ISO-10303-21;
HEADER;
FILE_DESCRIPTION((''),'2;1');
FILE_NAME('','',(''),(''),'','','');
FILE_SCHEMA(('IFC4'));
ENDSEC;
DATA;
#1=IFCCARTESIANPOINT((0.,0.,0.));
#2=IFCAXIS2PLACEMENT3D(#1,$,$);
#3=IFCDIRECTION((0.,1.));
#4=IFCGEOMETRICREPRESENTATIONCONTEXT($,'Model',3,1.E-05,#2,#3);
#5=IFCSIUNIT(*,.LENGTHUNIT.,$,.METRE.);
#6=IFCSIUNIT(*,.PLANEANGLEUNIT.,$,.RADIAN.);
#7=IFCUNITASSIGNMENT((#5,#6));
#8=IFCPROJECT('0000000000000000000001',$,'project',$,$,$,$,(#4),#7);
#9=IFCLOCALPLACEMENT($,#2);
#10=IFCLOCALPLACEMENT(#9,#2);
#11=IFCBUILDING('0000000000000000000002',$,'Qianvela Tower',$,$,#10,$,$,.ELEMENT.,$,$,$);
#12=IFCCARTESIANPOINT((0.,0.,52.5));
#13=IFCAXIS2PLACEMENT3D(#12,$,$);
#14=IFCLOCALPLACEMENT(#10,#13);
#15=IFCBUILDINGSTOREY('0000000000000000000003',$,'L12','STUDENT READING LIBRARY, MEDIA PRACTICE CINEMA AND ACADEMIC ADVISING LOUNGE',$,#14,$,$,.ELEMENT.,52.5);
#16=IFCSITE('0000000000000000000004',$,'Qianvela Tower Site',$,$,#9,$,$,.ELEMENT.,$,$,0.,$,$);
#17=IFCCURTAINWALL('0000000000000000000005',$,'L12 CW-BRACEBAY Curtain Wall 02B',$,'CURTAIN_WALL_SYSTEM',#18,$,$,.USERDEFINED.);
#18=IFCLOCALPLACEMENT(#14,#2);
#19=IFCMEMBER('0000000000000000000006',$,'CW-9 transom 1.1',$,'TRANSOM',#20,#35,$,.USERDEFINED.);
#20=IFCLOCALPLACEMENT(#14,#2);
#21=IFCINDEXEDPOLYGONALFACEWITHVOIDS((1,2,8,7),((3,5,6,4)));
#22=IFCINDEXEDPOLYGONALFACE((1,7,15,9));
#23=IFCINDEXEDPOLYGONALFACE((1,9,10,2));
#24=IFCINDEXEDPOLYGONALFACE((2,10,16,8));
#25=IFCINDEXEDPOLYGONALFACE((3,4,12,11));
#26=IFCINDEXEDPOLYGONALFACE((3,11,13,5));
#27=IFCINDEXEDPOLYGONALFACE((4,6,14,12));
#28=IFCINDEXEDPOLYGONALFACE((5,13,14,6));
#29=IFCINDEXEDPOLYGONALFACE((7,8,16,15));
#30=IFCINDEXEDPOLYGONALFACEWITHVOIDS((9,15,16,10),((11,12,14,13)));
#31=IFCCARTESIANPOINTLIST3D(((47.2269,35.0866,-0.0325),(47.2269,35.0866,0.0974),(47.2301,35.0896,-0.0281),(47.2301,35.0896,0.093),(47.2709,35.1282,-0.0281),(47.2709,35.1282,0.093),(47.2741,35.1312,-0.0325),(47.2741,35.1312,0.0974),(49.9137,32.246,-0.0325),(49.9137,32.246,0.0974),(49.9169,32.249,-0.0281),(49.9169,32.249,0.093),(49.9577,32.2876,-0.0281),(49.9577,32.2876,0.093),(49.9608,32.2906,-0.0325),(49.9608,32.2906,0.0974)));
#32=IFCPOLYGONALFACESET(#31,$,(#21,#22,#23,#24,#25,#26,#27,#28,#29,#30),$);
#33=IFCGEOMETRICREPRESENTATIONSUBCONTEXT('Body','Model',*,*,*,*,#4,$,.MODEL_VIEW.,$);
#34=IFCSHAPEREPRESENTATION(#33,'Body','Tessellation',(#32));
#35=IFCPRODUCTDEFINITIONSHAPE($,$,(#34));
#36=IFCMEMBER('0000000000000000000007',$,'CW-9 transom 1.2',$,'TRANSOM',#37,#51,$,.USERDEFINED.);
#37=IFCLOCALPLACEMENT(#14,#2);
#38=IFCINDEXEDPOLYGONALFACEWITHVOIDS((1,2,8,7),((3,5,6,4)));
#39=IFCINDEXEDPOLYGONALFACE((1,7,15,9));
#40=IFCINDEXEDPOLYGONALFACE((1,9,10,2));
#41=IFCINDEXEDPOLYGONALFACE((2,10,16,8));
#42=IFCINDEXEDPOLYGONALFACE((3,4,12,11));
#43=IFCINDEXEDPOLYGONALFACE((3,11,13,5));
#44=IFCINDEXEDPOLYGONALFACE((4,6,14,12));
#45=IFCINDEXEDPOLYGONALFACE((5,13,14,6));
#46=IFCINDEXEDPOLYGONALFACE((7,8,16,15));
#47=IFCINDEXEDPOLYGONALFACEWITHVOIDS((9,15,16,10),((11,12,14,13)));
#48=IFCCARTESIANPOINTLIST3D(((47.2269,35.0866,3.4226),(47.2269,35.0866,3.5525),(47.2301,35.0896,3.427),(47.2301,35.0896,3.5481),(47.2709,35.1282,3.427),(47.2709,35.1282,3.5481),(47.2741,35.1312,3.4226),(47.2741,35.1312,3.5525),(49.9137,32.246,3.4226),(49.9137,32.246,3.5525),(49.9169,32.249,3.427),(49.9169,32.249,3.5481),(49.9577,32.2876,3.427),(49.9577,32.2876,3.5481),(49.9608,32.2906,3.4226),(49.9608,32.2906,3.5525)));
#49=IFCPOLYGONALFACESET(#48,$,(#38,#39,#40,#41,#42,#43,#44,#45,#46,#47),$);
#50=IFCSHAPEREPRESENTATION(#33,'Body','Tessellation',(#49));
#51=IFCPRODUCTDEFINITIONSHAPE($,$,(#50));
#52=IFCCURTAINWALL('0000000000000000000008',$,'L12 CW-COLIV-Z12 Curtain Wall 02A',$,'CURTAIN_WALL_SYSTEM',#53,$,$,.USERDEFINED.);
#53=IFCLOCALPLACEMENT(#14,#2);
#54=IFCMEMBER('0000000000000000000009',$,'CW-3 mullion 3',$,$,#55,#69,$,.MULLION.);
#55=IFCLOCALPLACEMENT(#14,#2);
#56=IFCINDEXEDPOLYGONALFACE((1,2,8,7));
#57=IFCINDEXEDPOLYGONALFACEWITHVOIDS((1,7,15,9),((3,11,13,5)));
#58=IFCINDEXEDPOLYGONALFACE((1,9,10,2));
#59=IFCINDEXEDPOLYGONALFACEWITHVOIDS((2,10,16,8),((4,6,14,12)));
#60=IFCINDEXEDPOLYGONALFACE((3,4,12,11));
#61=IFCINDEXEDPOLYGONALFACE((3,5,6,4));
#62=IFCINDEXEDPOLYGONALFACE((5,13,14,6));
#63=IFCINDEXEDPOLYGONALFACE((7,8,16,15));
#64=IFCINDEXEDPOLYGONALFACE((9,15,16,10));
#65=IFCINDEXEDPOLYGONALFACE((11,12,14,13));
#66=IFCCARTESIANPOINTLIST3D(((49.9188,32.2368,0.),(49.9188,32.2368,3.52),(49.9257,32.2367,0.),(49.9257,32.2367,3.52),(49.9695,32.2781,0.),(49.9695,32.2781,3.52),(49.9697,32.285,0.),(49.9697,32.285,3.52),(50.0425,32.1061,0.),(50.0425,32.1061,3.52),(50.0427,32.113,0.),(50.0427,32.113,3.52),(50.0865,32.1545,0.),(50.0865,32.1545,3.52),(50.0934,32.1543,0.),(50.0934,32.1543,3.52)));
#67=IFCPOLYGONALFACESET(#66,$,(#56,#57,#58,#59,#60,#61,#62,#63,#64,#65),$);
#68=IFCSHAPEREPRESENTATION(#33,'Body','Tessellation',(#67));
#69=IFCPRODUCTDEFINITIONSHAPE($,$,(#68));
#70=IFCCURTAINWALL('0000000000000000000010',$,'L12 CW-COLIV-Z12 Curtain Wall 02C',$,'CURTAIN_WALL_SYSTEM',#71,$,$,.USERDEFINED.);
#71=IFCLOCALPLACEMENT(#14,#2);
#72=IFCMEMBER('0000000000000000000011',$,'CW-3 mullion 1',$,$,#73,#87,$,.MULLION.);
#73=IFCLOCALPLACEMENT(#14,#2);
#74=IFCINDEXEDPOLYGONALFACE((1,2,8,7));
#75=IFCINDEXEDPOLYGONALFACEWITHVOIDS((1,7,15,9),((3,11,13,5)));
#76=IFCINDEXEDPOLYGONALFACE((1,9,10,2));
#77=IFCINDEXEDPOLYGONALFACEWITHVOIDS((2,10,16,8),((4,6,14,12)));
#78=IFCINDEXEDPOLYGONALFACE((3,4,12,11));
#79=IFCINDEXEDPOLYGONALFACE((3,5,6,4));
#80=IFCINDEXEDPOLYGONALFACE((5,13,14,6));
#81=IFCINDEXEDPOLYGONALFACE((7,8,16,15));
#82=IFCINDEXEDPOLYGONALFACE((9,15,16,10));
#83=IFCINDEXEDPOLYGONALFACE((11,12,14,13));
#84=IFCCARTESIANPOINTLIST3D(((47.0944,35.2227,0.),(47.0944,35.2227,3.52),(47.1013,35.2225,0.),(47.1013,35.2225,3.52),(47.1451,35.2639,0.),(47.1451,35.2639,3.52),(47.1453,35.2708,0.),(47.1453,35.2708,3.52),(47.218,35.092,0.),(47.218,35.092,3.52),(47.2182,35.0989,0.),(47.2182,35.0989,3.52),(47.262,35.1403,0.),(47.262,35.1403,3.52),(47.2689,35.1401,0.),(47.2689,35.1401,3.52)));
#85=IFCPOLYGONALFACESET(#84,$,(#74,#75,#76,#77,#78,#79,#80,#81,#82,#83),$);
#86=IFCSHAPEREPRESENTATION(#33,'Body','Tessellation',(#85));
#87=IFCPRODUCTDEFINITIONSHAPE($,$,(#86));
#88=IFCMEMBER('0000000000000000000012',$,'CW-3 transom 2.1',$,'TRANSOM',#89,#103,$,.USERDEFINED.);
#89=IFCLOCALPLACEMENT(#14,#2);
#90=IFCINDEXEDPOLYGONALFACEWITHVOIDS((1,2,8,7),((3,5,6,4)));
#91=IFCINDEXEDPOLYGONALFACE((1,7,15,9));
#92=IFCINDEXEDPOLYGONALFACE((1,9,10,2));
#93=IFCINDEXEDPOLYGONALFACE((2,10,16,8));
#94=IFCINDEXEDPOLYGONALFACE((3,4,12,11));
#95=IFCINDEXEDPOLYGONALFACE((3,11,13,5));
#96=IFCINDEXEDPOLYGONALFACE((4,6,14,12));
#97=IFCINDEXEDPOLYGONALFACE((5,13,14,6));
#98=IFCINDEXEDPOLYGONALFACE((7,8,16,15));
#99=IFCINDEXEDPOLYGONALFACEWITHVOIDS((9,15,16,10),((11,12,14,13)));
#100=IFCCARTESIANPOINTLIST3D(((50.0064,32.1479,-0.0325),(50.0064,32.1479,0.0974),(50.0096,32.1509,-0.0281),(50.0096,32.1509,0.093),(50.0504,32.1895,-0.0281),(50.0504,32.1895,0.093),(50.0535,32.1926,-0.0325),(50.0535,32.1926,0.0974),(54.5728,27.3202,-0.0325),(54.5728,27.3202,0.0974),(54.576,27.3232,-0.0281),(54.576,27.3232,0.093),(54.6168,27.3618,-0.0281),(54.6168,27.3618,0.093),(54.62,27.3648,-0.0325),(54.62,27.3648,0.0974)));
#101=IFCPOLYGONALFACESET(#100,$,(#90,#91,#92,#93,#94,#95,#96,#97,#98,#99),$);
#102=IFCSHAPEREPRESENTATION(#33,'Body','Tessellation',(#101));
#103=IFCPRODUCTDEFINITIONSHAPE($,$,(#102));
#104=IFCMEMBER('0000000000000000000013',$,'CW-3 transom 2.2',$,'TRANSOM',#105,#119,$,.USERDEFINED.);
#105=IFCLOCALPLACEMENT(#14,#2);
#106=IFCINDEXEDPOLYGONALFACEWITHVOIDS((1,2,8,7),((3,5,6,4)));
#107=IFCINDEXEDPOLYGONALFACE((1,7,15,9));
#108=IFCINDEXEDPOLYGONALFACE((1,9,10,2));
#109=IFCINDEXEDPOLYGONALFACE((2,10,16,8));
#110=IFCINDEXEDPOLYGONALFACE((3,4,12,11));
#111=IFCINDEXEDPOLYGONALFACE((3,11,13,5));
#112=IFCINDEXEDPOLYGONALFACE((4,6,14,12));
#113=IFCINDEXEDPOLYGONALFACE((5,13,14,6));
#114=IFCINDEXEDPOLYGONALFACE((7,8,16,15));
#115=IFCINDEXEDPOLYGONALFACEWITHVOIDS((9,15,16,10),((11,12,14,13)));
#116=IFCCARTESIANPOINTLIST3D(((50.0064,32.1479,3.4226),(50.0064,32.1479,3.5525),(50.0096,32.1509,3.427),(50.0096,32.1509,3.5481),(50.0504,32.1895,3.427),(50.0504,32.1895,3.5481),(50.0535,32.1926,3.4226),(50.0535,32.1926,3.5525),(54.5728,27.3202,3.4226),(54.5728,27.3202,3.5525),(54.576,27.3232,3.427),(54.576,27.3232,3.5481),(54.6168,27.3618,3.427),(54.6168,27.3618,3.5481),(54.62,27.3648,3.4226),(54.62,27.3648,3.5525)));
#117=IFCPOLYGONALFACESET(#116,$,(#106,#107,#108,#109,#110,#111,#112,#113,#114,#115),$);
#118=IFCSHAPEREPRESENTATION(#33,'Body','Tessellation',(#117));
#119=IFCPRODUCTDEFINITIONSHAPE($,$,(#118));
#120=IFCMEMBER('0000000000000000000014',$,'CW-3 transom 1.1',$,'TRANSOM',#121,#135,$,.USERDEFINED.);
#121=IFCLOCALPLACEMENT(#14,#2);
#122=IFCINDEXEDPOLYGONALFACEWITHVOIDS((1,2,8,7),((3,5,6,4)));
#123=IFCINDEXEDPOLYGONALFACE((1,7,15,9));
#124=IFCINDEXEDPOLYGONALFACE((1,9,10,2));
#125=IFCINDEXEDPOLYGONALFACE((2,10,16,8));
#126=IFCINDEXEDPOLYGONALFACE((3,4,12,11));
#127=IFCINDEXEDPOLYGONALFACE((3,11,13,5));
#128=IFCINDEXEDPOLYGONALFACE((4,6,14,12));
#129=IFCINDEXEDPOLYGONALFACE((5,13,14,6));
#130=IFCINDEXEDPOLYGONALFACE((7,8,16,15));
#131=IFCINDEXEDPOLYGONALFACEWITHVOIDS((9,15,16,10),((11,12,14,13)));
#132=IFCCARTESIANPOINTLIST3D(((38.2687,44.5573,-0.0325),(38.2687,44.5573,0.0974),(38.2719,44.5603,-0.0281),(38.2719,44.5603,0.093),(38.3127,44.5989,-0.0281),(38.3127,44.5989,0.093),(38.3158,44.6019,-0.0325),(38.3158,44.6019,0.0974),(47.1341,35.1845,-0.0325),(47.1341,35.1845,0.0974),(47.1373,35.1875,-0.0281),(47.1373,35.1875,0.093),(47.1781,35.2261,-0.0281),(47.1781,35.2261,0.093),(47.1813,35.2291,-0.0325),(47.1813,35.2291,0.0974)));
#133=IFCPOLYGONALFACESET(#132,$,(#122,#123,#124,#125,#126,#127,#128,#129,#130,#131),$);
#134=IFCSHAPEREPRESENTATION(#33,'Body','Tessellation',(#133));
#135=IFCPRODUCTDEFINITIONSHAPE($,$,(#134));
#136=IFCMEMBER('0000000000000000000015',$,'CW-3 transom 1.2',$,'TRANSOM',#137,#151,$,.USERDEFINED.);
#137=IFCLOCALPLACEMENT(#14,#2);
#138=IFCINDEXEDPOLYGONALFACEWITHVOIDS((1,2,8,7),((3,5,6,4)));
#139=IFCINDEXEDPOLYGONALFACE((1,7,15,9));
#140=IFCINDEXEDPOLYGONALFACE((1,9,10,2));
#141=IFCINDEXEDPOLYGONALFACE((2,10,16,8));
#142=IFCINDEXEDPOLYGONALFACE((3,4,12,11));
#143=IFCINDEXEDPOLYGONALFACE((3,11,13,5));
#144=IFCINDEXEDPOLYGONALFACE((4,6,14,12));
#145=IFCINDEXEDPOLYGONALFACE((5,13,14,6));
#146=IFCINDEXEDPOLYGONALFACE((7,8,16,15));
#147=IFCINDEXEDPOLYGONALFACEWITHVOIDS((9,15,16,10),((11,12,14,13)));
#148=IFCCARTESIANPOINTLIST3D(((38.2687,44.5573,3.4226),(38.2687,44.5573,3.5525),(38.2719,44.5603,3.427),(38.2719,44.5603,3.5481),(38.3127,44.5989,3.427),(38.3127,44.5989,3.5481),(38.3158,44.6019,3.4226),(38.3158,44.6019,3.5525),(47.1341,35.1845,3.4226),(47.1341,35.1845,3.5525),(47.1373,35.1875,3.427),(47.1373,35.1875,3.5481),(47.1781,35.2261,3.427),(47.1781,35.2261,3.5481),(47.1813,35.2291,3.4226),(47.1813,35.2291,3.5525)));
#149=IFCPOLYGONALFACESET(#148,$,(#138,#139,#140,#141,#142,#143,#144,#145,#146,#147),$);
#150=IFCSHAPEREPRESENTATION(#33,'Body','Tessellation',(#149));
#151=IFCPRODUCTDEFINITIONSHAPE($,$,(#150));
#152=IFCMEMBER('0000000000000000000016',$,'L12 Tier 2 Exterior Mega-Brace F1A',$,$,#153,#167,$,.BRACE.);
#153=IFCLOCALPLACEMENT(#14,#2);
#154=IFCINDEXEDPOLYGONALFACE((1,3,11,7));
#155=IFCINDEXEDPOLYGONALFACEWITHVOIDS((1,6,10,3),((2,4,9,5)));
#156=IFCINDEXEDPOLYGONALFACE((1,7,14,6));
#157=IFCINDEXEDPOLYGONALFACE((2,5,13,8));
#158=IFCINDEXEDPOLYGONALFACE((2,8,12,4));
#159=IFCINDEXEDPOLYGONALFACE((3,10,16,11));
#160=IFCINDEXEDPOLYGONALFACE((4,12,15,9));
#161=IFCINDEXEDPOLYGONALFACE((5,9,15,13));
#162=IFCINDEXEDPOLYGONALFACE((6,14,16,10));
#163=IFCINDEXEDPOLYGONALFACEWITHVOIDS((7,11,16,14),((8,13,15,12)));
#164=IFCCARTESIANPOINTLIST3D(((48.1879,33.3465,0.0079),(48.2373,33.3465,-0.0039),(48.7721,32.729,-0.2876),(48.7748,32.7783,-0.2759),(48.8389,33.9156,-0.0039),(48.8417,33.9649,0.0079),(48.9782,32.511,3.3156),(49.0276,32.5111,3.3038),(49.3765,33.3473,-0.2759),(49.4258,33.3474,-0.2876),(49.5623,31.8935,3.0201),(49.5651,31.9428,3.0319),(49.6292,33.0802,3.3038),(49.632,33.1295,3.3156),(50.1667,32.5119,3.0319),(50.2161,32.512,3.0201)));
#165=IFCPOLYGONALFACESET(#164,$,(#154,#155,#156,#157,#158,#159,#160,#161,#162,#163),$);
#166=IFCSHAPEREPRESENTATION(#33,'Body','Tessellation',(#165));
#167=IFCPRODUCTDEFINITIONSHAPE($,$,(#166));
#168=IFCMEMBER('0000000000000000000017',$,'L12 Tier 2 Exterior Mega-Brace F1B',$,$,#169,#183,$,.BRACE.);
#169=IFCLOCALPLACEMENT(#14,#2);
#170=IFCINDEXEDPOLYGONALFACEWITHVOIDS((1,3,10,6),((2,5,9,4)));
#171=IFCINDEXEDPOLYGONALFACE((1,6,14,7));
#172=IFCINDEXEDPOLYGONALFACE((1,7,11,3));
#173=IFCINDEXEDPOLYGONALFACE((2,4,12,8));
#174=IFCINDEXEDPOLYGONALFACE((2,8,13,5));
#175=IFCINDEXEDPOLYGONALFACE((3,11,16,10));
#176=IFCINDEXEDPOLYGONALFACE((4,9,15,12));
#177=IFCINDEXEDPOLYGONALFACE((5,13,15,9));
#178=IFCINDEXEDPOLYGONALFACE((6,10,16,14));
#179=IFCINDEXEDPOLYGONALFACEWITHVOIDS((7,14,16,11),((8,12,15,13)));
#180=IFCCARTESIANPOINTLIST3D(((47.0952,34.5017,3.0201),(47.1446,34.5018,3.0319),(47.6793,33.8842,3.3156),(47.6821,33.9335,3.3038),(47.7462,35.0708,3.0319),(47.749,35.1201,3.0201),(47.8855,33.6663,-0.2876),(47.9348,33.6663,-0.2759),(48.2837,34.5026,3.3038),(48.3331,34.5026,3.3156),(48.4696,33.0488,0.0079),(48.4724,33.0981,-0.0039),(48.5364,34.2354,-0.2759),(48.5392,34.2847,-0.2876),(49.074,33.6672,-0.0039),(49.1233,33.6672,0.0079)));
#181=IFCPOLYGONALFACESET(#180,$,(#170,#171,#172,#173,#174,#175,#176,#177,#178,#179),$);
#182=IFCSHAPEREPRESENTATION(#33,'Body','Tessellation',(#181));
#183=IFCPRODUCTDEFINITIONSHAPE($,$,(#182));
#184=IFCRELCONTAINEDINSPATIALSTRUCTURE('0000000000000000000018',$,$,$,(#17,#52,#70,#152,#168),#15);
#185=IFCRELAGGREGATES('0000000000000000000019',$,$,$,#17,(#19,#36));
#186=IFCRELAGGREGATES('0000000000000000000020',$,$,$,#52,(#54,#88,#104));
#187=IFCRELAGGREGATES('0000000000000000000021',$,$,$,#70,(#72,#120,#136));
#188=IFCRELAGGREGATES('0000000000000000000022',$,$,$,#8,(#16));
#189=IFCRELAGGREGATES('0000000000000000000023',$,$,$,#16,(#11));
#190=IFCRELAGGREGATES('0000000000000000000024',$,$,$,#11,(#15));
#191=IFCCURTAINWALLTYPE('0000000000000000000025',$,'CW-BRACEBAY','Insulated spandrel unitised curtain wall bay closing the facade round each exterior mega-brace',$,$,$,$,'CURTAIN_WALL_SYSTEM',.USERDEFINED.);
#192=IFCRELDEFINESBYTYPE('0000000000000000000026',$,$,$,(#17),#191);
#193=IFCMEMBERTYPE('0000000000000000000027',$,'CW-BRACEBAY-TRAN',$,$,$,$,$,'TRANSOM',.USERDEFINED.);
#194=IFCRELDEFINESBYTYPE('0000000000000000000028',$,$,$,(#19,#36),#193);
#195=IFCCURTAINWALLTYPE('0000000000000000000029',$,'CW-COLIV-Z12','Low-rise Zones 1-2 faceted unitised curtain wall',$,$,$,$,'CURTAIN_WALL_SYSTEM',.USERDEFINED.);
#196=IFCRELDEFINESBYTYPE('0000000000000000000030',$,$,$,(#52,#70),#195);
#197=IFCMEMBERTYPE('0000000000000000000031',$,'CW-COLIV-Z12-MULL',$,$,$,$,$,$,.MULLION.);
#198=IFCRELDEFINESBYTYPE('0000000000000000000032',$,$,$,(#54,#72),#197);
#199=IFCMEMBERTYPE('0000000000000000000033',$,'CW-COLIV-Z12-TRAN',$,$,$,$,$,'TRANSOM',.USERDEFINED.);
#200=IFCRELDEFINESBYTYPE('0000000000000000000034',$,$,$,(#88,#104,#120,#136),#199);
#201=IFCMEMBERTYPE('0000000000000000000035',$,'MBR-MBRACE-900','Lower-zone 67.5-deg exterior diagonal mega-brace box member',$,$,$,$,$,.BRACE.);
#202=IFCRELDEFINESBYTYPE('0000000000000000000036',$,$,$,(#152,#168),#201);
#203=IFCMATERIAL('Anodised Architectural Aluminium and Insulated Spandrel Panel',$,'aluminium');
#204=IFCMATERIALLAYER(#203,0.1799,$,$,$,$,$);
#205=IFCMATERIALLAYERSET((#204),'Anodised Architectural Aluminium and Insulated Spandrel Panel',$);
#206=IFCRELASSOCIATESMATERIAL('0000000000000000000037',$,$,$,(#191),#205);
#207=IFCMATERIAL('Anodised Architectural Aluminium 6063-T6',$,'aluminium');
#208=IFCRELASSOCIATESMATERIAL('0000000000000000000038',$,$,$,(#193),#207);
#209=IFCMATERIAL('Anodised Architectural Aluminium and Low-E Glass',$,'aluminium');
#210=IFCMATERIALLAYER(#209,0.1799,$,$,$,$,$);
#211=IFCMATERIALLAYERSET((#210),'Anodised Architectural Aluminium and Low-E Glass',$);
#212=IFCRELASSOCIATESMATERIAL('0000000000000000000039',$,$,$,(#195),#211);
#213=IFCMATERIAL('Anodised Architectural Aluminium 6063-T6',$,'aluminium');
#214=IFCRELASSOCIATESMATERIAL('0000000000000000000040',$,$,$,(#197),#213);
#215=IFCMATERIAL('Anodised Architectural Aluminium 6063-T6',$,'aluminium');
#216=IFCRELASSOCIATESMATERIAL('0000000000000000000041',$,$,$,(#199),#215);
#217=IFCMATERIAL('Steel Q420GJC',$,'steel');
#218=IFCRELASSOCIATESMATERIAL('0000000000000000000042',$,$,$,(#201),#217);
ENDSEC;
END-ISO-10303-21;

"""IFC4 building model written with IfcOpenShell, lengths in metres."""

from ifc_helpers import new_model, si_unit, direction, frame, origin, origin_2d, place, context, subcontext, project, spatial, hollow_rectangle, extrude, material, layer, layer_set, material_profile, profile_set, type_object, element, aggregate, save


model = new_model("IFC4")

# Units and contexts
model_context = context("Model", 3, precision=1e-05, world=origin(), true_north=direction((0.0, 1.0)))
body_context = subcontext(model_context, "Body", "Model", "MODEL_VIEW")
ifc_project = project(units=[si_unit("LENGTHUNIT", "METRE"), si_unit("PLANEANGLEUNIT", "RADIAN")], contexts=[model_context])

# Site, building, storey
site_placement = place(None, origin())
site = spatial("IfcSite", under=ifc_project, at=site_placement, Name="Qianvela Tower Site", CompositionType="ELEMENT", RefElevation=0.0)
building_placement = place(site_placement, origin())
building = spatial("IfcBuilding", under=site, at=building_placement, Name="Qianvela Tower", CompositionType="ELEMENT")
storey_placement = place(building_placement, frame((0.0, 0.0, 52.5)))
storey = spatial("IfcBuildingStorey", under=building, at=storey_placement, Name="L12", Description="STUDENT READING LIBRARY, MEDIA PRACTICE CINEMA AND ACADEMIC ADVISING LOUNGE", CompositionType="ELEMENT", Elevation=52.5)

# Curtain wall, members
ifc_material_1 = material(Name="Anodised Architectural Aluminium and Insulated Spandrel Panel", Category="aluminium")
ifc_layer_1 = layer(ifc_material_1, 0.1799)
ifc_layer_set_1 = layer_set([ifc_layer_1], Name="Anodised Architectural Aluminium and Insulated Spandrel Panel")
curtain_wall_type_1 = type_object("IfcCurtainWallType", Name="CW-BRACEBAY", Description="Insulated spandrel unitised curtain wall bay closing the facade round each exterior mega-brace", ElementType="CURTAIN_WALL_SYSTEM", PredefinedType="USERDEFINED", material=ifc_layer_set_1)
curtain_wall_1_placement = place(storey_placement, origin())
curtain_wall_1 = element("IfcCurtainWall", 1, at=curtain_wall_1_placement, inside=storey, type_object=curtain_wall_type_1, Name="L12 CW-BRACEBAY Curtain Wall 02B", ObjectType="CURTAIN_WALL_SYSTEM", PredefinedType="USERDEFINED")
ifc_material_2 = material(Name="Anodised Architectural Aluminium 6063-T6", Category="aluminium")
ifc_material_profile_1 = material_profile(ifc_material_2, hollow_rectangle(XDim=0.0649, YDim=0.1299, WallThickness=0.0044, at=origin_2d()), Name="ALU-TRAN-65x130")
ifc_profile_set_1 = profile_set([ifc_material_profile_1], Name="Anodised Architectural Aluminium 6063-T6")
member_type_1 = type_object("IfcMemberType", Name="CW-BRACEBAY-TRAN", ElementType="TRANSOM", PredefinedType="USERDEFINED", material=ifc_profile_set_1)
member_1_placement = place(storey_placement, frame((49.9373, 32.2683, 0.0325), z_axis=(-0.687164, 0.726502, 0.0), x_axis=(-0.726502, -0.687164, 0.0)))
member_1 = element("IfcMember", 2, at=member_1_placement, type_object=member_type_1, Name="CW-9 transom 1.1", ObjectType="TRANSOM", PredefinedType="USERDEFINED", context=body_context, shape_type="SweptSolid", body=[
    extrude(hollow_rectangle(XDim=0.0649, YDim=0.1299, WallThickness=0.0044, at=origin_2d()), origin(), (0.0, 0.0, 1.0), 3.9099),
])
member_2_placement = place(storey_placement, frame((49.9373, 32.2683, 3.4875), z_axis=(-0.687164, 0.726502, 0.0), x_axis=(-0.726502, -0.687164, 0.0)))
member_2 = element("IfcMember", 3, at=member_2_placement, type_object=member_type_1, Name="CW-9 transom 1.2", ObjectType="TRANSOM", PredefinedType="USERDEFINED", context=body_context, shape_type="SweptSolid", body=[
    extrude(hollow_rectangle(XDim=0.0649, YDim=0.1299, WallThickness=0.0044, at=origin_2d()), origin(), (0.0, 0.0, 1.0), 3.9099),
])

# Curtain walls, members
ifc_material_3 = material(Name="Anodised Architectural Aluminium and Low-E Glass", Category="aluminium")
ifc_layer_2 = layer(ifc_material_3, 0.1799)
ifc_layer_set_2 = layer_set([ifc_layer_2], Name="Anodised Architectural Aluminium and Low-E Glass")
curtain_wall_type_2 = type_object("IfcCurtainWallType", Name="CW-COLIV-Z12", Description="Low-rise Zones 1-2 faceted unitised curtain wall", ElementType="CURTAIN_WALL_SYSTEM", PredefinedType="USERDEFINED", material=ifc_layer_set_2)
curtain_wall_2_placement = place(storey_placement, origin())
curtain_wall_2 = element("IfcCurtainWall", 4, at=curtain_wall_2_placement, inside=storey, type_object=curtain_wall_type_2, Name="L12 CW-COLIV-Z12 Curtain Wall 02A", ObjectType="CURTAIN_WALL_SYSTEM", PredefinedType="USERDEFINED")
ifc_material_4 = material(Name="Anodised Architectural Aluminium 6063-T6", Category="aluminium")
ifc_material_profile_2 = material_profile(ifc_material_4, hollow_rectangle(XDim=0.0701, YDim=0.1799, WallThickness=0.0049, at=origin_2d()), Name="ALU-MULL-70x180")
ifc_profile_set_2 = profile_set([ifc_material_profile_2], Name="Anodised Architectural Aluminium 6063-T6")
member_type_2 = type_object("IfcMemberType", Name="CW-COLIV-Z12-MULL", PredefinedType="MULLION", material=ifc_profile_set_2)
member_3_placement = place(storey_placement, frame((50.0061, 32.1956, 0.0), z_axis=(0.0, 0.0, 1.0), x_axis=(-0.726496, -0.68717, 0.0)))
member_3 = element("IfcMember", 5, at=member_3_placement, type_object=member_type_2, Name="CW-3 mullion 3", PredefinedType="MULLION", context=body_context, shape_type="SweptSolid", body=[
    extrude(hollow_rectangle(XDim=0.0701, YDim=0.1799, WallThickness=0.0049, at=origin_2d()), origin(), (0.0, 0.0, 1.0), 3.52),
])
curtain_wall_3_placement = place(storey_placement, origin())
curtain_wall_3 = element("IfcCurtainWall", 6, at=curtain_wall_3_placement, inside=storey, type_object=curtain_wall_type_2, Name="L12 CW-COLIV-Z12 Curtain Wall 02C", ObjectType="CURTAIN_WALL_SYSTEM", PredefinedType="USERDEFINED")
member_4_placement = place(storey_placement, frame((47.1816, 35.1814, 0.0), z_axis=(0.0, 0.0, 1.0), x_axis=(-0.726494, -0.687173, 0.0)))
member_4 = element("IfcMember", 7, at=member_4_placement, type_object=member_type_2, Name="CW-3 mullion 1", PredefinedType="MULLION", context=body_context, shape_type="SweptSolid", body=[
    extrude(hollow_rectangle(XDim=0.0701, YDim=0.1799, WallThickness=0.0049, at=origin_2d()), origin(), (0.0, 0.0, 1.0), 3.52),
])

# Members
ifc_material_5 = material(Name="Anodised Architectural Aluminium 6063-T6", Category="aluminium")
ifc_material_profile_3 = material_profile(ifc_material_5, hollow_rectangle(XDim=0.0649, YDim=0.1299, WallThickness=0.0044, at=origin_2d()), Name="ALU-TRAN-65x130")
ifc_profile_set_3 = profile_set([ifc_material_profile_3], Name="Anodised Architectural Aluminium 6063-T6")
member_type_3 = type_object("IfcMemberType", Name="CW-COLIV-Z12-TRAN", ElementType="TRANSOM", PredefinedType="USERDEFINED", material=ifc_profile_set_3)
member_5_placement = place(storey_placement, frame((54.5964, 27.3425, 0.0325), z_axis=(-0.687178, 0.726489, 0.0), x_axis=(-0.726489, -0.687178, 0.0)))
member_5 = element("IfcMember", 8, at=member_5_placement, type_object=member_type_3, Name="CW-3 transom 2.1", ObjectType="TRANSOM", PredefinedType="USERDEFINED", context=body_context, shape_type="SweptSolid", body=[
    extrude(hollow_rectangle(XDim=0.0649, YDim=0.1299, WallThickness=0.0044, at=origin_2d()), origin(), (0.0, 0.0, 1.0), 6.6453),
])
member_6_placement = place(storey_placement, frame((54.5964, 27.3425, 3.4875), z_axis=(-0.687178, 0.726489, 0.0), x_axis=(-0.726489, -0.687178, 0.0)))
member_6 = element("IfcMember", 9, at=member_6_placement, type_object=member_type_3, Name="CW-3 transom 2.2", ObjectType="TRANSOM", PredefinedType="USERDEFINED", context=body_context, shape_type="SweptSolid", body=[
    extrude(hollow_rectangle(XDim=0.0649, YDim=0.1299, WallThickness=0.0044, at=origin_2d()), origin(), (0.0, 0.0, 1.0), 6.6453),
])
member_7_placement = place(storey_placement, frame((47.1577, 35.2068, 0.0325), z_axis=(-0.687172, 0.726495, 0.0), x_axis=(-0.726495, -0.687172, 0.0)))
member_7 = element("IfcMember", 10, at=member_7_placement, type_object=member_type_3, Name="CW-3 transom 1.1", ObjectType="TRANSOM", PredefinedType="USERDEFINED", context=body_context, shape_type="SweptSolid", body=[
    extrude(hollow_rectangle(XDim=0.0649, YDim=0.1299, WallThickness=0.0044, at=origin_2d()), origin(), (0.0, 0.0, 1.0), 12.9014),
])
member_8_placement = place(storey_placement, frame((47.1577, 35.2068, 3.4875), z_axis=(-0.687172, 0.726495, 0.0), x_axis=(-0.726495, -0.687172, 0.0)))
member_8 = element("IfcMember", 11, at=member_8_placement, type_object=member_type_3, Name="CW-3 transom 1.2", ObjectType="TRANSOM", PredefinedType="USERDEFINED", context=body_context, shape_type="SweptSolid", body=[
    extrude(hollow_rectangle(XDim=0.0649, YDim=0.1299, WallThickness=0.0044, at=origin_2d()), origin(), (0.0, 0.0, 1.0), 12.9014),
])

# Members
ifc_material_6 = material(Name="Steel Q420GJC", Category="steel")
ifc_material_profile_4 = material_profile(ifc_material_6, hollow_rectangle(XDim=0.8999, YDim=0.8999, WallThickness=0.0359, at=origin_2d()), Name="MBOX-900x900x36")
ifc_profile_set_4 = profile_set([ifc_material_profile_4], Name="Steel Q420GJC")
member_type_4 = type_object("IfcMemberType", Name="MBR-MBRACE-900", Description="Lower-zone 67.5-deg exterior diagonal mega-brace box member", PredefinedType="BRACE", material=ifc_profile_set_4)
for number, where, z_axis, x_axis, name in (
    (12, (48.8069, 33.3469, -0.1399), (0.225662, -0.238559, 0.944546), (0.726471, 0.687197, 0.0), "L12 Tier 2 Exterior Mega-Brace F1A"),
    (13, (48.5044, 33.6667, -0.1399), (-0.225662, 0.238559, 0.944546), (-0.726471, -0.687197, 0.0), "L12 Tier 2 Exterior Mega-Brace F1B"),
):
    element("IfcMember", number, at=place(storey_placement, frame(where, z_axis=z_axis, x_axis=x_axis)), inside=storey, type_object=member_type_4, Name=name, PredefinedType="BRACE", context=body_context, shape_type="SweptSolid", body=[
        extrude(hollow_rectangle(XDim=0.8999, YDim=0.8999, WallThickness=0.0359, at=origin_2d()), origin(), (0.0, 0.0, 1.0), 3.502),
    ])

aggregate(curtain_wall_1, [member_1, member_2])
aggregate(curtain_wall_2, [member_3, member_5, member_6])
aggregate(curtain_wall_3, [member_4, member_7, member_8])

save(model, "model.ifc")
